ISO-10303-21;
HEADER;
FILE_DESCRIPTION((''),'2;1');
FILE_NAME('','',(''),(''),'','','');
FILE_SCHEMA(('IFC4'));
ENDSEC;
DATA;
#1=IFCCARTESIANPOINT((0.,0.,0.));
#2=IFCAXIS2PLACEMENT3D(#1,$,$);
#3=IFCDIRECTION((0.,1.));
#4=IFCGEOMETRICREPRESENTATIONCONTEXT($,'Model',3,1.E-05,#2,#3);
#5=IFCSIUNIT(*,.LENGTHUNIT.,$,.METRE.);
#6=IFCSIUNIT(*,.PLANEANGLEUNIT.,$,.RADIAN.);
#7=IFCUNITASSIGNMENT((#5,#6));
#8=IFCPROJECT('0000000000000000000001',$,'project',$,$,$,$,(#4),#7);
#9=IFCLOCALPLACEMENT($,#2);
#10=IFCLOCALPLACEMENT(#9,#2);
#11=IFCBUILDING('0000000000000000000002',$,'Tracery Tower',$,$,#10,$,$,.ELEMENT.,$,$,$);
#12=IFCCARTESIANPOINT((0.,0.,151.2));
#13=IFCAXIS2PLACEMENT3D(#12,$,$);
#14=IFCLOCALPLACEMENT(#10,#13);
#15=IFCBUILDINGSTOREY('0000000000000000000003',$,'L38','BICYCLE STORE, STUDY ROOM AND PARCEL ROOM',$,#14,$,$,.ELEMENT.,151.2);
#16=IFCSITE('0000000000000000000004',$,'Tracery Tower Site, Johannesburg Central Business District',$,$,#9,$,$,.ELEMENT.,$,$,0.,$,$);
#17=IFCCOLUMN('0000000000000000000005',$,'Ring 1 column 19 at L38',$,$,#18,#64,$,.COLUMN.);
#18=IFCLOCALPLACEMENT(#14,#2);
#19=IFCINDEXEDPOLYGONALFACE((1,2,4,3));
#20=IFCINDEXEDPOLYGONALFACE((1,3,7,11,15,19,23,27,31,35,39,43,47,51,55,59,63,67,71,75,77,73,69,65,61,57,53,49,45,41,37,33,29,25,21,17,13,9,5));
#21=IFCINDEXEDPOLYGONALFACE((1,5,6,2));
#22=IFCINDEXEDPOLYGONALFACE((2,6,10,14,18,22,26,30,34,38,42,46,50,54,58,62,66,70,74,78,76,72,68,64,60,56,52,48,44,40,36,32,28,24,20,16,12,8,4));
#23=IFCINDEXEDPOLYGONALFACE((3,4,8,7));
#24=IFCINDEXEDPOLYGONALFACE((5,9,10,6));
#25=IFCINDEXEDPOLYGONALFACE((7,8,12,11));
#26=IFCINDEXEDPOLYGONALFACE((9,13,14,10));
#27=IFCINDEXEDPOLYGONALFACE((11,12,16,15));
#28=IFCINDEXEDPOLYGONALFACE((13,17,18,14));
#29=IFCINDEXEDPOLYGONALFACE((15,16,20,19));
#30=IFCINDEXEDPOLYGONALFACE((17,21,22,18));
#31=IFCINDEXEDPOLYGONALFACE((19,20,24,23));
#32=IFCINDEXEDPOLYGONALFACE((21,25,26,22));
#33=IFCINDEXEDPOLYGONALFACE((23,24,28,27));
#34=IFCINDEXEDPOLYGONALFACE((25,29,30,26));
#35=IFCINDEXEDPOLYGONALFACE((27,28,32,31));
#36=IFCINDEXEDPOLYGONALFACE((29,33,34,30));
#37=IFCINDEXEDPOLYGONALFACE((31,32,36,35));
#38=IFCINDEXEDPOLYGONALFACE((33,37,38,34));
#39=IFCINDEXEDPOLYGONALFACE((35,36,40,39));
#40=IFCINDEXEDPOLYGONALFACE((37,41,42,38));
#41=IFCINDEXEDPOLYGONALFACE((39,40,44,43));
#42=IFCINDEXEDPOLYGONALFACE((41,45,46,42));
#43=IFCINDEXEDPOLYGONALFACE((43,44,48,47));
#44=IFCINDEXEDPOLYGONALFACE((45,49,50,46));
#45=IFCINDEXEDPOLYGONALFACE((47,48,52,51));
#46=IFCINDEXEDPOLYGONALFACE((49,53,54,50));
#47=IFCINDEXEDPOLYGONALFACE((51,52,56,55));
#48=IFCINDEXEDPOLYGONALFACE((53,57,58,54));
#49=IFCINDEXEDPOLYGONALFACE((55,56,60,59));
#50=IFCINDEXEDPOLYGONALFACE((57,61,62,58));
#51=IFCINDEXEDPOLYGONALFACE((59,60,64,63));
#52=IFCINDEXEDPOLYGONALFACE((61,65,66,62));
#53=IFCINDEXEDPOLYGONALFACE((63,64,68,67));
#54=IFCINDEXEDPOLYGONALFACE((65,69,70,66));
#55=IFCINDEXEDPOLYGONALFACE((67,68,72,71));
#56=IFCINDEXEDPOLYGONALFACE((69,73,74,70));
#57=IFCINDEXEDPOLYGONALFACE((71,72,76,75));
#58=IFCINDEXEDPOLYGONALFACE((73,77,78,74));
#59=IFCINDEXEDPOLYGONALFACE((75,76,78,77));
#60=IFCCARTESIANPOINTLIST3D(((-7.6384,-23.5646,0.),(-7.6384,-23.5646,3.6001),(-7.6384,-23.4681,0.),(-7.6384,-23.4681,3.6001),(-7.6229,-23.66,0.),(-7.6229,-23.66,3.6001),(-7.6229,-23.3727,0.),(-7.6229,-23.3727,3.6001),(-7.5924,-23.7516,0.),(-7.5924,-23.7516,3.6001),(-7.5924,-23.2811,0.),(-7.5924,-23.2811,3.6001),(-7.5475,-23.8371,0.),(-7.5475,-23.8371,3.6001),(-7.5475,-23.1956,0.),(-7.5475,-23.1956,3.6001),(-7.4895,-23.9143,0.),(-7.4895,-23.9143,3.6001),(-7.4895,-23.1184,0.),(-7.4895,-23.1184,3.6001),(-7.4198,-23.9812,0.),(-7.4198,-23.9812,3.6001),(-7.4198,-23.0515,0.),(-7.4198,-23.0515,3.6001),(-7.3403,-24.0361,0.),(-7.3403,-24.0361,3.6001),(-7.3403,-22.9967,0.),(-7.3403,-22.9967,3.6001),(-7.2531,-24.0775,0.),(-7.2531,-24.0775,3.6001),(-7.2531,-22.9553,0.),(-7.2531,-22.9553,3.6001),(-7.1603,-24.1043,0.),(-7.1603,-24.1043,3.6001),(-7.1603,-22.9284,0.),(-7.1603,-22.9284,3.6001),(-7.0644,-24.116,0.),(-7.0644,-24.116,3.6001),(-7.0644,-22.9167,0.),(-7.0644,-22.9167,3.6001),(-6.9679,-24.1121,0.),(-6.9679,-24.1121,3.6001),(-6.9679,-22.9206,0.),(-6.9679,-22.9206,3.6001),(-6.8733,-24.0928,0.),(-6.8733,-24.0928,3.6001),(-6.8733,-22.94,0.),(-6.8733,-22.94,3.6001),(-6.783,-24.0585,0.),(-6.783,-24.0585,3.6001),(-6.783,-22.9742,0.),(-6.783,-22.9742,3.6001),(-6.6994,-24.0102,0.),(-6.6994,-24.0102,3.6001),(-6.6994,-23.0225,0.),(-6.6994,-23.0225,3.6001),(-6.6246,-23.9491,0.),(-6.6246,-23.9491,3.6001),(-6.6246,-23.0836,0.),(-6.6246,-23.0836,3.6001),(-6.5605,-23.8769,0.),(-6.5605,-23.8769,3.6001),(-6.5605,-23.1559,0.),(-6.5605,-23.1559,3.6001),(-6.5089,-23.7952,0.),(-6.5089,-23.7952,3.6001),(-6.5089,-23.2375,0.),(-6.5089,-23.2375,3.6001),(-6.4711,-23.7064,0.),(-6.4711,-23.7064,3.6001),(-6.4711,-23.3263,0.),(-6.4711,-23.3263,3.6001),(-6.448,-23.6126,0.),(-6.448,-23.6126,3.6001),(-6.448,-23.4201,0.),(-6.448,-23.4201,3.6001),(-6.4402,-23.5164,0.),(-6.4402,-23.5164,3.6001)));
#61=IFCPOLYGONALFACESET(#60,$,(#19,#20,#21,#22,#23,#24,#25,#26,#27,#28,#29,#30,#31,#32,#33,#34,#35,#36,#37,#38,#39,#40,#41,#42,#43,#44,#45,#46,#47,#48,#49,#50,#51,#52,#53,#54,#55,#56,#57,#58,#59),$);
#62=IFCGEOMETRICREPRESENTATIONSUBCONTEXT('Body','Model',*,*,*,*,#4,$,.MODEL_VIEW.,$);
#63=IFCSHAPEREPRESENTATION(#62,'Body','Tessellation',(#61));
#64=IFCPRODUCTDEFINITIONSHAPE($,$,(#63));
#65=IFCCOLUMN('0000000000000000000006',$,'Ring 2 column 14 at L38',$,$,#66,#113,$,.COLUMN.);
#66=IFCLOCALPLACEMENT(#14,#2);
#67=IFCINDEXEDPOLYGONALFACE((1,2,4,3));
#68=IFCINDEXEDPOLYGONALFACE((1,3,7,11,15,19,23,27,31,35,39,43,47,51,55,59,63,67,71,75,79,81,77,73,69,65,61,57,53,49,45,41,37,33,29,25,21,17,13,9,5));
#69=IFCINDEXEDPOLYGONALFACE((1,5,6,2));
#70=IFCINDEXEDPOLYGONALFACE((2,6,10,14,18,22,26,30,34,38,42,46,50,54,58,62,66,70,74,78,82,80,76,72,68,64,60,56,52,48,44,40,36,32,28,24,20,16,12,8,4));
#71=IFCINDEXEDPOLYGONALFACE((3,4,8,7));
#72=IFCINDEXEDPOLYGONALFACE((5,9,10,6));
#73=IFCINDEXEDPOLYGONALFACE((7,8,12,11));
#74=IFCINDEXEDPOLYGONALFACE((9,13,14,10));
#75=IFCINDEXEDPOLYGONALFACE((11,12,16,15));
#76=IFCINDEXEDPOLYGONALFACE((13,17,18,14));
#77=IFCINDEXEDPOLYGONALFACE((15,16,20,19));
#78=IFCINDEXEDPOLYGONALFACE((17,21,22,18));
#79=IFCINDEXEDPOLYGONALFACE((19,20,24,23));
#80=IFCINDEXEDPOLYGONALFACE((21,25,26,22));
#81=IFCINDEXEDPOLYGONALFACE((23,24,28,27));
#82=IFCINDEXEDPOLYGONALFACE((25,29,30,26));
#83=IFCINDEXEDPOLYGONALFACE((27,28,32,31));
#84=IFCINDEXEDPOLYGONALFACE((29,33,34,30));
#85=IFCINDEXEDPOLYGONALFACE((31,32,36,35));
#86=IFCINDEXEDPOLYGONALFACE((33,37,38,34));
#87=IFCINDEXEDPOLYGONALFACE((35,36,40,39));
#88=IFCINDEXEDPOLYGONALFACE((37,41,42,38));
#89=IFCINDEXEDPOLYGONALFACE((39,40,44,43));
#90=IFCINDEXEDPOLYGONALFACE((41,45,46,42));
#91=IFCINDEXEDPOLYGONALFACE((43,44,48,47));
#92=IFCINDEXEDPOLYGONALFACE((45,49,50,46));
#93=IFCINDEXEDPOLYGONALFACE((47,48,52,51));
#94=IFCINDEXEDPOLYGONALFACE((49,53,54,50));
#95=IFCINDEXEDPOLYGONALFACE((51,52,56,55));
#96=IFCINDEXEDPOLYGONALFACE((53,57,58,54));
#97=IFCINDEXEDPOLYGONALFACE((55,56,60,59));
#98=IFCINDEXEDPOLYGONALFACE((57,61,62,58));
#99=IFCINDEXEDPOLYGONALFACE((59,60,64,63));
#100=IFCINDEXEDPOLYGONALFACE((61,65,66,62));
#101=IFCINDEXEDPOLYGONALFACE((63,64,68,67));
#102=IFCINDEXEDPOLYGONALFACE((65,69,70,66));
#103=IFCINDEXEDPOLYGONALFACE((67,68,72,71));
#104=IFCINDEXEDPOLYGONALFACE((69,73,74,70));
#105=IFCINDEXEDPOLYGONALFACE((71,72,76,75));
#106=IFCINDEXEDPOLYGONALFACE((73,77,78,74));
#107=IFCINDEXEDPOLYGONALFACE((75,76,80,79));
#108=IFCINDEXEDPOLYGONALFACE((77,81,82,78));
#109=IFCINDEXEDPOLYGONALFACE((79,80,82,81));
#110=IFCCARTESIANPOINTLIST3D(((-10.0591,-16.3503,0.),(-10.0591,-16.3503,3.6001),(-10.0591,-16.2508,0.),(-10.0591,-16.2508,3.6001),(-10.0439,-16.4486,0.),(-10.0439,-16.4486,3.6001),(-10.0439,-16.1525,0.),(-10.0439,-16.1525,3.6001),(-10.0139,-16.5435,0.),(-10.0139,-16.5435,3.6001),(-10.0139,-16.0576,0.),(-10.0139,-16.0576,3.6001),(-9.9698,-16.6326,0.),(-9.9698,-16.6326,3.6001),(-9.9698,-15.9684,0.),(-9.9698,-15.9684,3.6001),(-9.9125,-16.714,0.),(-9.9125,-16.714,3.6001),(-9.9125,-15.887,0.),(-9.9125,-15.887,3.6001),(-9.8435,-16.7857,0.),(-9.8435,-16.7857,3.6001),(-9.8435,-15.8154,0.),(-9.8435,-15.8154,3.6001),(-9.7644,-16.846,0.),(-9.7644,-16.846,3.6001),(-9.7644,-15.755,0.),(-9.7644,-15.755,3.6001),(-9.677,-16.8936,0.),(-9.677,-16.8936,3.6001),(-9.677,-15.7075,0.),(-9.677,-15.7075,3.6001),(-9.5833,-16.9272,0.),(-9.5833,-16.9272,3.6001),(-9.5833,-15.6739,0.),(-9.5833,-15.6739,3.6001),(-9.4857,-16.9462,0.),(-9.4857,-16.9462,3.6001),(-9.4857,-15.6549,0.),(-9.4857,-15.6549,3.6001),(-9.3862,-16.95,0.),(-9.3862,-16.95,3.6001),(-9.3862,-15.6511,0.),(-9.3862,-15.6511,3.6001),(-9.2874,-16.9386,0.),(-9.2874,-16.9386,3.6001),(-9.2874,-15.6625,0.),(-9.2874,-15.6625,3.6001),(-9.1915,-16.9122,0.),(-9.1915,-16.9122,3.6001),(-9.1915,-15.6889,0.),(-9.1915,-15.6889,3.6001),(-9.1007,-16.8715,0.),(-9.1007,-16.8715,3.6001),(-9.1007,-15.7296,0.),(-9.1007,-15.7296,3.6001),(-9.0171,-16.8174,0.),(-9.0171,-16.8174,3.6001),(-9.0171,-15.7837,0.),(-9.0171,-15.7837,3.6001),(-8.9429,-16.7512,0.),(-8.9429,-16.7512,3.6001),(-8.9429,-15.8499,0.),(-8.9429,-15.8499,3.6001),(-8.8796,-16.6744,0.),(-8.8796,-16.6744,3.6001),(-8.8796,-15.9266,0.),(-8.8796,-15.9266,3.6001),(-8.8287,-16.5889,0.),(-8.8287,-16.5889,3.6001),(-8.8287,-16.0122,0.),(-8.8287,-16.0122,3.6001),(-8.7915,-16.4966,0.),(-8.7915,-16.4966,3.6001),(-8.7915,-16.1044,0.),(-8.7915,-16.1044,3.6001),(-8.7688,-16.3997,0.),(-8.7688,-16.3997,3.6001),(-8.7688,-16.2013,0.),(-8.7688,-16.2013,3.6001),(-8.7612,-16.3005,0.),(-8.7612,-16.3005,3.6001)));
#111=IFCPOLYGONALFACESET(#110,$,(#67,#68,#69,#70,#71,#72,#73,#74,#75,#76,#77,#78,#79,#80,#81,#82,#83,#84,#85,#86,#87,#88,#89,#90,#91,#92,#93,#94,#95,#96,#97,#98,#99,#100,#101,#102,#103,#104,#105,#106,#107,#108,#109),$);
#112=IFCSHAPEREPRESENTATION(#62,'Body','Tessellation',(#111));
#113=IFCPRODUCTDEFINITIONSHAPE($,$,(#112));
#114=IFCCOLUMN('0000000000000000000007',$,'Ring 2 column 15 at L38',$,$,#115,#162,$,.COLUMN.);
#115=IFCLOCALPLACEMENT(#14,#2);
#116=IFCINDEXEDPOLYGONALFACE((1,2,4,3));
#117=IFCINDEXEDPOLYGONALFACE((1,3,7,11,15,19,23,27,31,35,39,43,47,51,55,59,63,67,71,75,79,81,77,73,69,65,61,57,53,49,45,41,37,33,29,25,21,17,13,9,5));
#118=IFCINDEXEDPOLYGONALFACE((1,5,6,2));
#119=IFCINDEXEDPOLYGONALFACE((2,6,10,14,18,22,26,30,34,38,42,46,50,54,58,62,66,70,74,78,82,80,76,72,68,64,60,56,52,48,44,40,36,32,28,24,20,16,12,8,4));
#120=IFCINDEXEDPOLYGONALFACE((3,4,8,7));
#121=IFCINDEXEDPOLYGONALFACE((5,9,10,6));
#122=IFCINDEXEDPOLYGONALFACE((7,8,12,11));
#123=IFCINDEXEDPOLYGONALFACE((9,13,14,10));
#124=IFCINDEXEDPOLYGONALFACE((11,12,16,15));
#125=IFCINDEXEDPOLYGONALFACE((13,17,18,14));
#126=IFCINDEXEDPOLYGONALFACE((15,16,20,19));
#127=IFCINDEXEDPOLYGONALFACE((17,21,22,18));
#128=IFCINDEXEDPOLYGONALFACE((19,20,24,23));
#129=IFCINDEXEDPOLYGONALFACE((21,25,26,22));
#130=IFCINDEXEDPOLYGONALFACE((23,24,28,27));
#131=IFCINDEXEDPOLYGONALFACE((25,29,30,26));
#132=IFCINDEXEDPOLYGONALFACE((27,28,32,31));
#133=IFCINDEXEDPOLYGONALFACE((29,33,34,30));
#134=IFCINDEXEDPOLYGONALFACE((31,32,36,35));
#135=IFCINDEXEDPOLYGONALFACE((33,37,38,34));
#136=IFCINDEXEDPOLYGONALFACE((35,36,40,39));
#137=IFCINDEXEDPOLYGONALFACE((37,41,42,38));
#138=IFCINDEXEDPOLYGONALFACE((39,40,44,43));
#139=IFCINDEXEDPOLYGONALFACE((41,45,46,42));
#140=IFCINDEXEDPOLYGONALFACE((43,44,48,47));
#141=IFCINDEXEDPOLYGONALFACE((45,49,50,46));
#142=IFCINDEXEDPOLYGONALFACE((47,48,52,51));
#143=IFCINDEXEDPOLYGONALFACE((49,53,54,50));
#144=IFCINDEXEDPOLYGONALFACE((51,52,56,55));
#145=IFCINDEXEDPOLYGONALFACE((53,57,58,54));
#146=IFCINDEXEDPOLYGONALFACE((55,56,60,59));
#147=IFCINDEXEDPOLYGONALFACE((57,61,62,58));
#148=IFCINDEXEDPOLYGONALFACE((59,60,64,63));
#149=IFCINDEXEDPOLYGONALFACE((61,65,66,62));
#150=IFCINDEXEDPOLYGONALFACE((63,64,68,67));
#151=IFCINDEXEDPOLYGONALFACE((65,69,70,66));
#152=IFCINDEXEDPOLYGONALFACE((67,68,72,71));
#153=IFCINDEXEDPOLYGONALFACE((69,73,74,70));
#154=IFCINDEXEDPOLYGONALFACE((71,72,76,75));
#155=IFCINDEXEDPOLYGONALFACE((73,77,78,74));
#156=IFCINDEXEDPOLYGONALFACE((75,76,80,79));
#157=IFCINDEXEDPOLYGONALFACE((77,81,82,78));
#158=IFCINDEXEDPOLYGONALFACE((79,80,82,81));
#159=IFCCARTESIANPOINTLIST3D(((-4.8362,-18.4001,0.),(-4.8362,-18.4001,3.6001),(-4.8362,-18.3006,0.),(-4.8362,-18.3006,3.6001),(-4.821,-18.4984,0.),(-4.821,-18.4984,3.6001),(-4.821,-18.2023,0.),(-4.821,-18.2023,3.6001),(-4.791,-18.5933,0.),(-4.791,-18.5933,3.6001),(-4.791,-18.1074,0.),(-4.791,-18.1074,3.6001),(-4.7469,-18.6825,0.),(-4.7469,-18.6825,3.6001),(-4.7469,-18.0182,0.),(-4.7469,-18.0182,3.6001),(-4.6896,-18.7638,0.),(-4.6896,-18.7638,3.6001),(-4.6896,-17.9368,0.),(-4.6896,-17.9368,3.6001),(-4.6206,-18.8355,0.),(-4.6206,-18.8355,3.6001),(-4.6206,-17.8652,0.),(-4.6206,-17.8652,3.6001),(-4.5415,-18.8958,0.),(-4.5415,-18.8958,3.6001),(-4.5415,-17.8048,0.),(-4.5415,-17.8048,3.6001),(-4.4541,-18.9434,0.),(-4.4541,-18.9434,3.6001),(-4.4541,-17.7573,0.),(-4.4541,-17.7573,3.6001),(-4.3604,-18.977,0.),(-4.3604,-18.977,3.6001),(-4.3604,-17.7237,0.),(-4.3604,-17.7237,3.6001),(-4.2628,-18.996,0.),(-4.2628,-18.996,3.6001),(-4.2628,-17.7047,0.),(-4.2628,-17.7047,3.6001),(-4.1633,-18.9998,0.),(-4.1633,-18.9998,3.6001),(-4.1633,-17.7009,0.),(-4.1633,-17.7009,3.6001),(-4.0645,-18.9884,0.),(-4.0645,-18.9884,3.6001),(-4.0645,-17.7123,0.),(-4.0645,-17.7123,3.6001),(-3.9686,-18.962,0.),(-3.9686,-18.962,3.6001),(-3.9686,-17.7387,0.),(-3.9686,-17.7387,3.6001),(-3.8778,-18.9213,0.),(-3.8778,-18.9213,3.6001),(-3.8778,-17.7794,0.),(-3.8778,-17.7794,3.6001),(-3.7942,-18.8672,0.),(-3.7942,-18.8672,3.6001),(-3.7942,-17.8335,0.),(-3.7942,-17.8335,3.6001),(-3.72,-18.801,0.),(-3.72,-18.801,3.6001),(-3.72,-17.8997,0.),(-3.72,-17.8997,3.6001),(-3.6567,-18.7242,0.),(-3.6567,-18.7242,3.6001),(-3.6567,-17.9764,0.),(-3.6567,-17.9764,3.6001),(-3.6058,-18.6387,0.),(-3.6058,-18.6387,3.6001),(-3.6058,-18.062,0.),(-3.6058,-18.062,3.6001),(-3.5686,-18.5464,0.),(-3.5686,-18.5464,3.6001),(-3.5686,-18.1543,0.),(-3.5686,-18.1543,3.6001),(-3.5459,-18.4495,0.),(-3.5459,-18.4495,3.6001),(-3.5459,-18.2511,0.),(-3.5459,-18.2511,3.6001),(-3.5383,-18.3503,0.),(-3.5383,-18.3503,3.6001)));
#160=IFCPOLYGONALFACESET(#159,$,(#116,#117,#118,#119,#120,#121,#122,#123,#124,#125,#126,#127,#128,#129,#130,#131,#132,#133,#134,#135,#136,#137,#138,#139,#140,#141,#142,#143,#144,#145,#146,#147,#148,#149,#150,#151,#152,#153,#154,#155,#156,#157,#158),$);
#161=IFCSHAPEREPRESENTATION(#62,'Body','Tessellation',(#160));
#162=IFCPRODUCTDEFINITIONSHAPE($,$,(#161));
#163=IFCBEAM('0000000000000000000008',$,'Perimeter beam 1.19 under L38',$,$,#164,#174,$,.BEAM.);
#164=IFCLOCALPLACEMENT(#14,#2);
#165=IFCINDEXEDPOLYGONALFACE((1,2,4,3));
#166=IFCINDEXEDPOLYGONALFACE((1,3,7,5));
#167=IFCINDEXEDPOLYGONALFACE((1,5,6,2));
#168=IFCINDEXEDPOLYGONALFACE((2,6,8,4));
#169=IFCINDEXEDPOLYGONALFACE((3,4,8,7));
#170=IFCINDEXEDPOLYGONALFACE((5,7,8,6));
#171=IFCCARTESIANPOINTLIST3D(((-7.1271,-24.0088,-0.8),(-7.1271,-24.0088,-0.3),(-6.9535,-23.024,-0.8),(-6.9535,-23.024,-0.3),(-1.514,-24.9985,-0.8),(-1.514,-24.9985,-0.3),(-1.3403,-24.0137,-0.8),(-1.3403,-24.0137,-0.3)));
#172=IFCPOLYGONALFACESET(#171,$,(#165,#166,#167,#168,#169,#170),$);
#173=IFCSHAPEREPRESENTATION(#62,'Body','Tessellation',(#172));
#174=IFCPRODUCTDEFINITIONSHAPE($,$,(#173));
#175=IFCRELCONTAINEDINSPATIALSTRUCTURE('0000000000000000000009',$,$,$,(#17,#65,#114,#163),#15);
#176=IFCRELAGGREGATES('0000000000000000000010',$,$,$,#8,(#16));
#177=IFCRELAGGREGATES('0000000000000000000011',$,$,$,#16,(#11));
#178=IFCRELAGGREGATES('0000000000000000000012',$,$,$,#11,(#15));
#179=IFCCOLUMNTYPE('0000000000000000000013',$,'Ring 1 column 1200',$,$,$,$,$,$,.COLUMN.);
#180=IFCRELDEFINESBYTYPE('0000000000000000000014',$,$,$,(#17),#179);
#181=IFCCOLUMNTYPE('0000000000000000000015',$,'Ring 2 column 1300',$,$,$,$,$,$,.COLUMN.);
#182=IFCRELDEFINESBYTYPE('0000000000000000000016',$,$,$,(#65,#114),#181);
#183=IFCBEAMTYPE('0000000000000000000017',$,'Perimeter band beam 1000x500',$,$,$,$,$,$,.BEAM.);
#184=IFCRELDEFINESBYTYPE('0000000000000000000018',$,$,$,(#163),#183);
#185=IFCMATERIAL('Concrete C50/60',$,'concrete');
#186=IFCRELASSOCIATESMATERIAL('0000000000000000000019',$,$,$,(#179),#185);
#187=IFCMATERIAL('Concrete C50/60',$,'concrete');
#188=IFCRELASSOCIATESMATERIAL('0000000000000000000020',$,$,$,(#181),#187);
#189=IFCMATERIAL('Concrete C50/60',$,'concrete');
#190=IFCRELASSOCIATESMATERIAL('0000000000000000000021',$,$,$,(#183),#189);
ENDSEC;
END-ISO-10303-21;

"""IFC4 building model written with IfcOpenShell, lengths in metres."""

from ifc_helpers import new_model, si_unit, direction, frame, origin, origin_2d, place, context, subcontext, project, spatial, rectangle, circle, extrude, material, material_profile, profile_set, type_object, element, save


model = new_model("IFC4")

# Units and contexts
model_context = context("Model", 3, precision=1e-05, world=origin(), true_north=direction((0.0, 1.0)))
body_context = subcontext(model_context, "Body", "Model", "MODEL_VIEW")
ifc_project = project(units=[si_unit("LENGTHUNIT", "METRE"), si_unit("PLANEANGLEUNIT", "RADIAN")], contexts=[model_context])

# Site, building, storey
site_placement = place(None, origin())
site = spatial("IfcSite", under=ifc_project, at=site_placement, Name="Tracery Tower Site, Johannesburg Central Business District", CompositionType="ELEMENT", RefElevation=0.0)
building_placement = place(site_placement, origin())
building = spatial("IfcBuilding", under=site, at=building_placement, Name="Tracery Tower", CompositionType="ELEMENT")
storey_placement = place(building_placement, frame((0.0, 0.0, 151.2)))
storey = spatial("IfcBuildingStorey", under=building, at=storey_placement, Name="L38", Description="BICYCLE STORE, STUDY ROOM AND PARCEL ROOM", CompositionType="ELEMENT", Elevation=151.2)

# Columns
ifc_material_1 = material(Name="Concrete C50/60", Category="concrete")
ifc_material_profile_1 = material_profile(ifc_material_1, circle(Radius=0.6001, at=origin_2d()), Name="RC D1200")
ifc_profile_set_1 = profile_set([ifc_material_profile_1], Name="Concrete C50/60")
column_type_1 = type_object("IfcColumnType", Name="Ring 1 column 1200", PredefinedType="COLUMN", material=ifc_profile_set_1)
column_placement = place(storey_placement, frame((-7.0403, -23.5164, 0.0), z_axis=(0.0, 0.0, 1.0), x_axis=(1.0, 0.0, 0.0)))
element("IfcColumn", 1, at=column_placement, inside=storey, type_object=column_type_1, Name="Ring 1 column 19 at L38", PredefinedType="COLUMN", context=body_context, shape_type="SweptSolid", body=[
    extrude(circle(Radius=0.6001, at=origin_2d()), origin(), (0.0, 0.0, 1.0), 3.6001),
])
ifc_material_2 = material(Name="Concrete C50/60", Category="concrete")
ifc_material_profile_2 = material_profile(ifc_material_2, circle(Radius=0.6499, at=origin_2d()), Name="RC D1300")
ifc_profile_set_2 = profile_set([ifc_material_profile_2], Name="Concrete C50/60")
column_type_2 = type_object("IfcColumnType", Name="Ring 2 column 1300", PredefinedType="COLUMN", material=ifc_profile_set_2)
for number, where, z_axis, x_axis, name in (
    (2, (-9.4111, -16.3005, 0.0), (0.0, 0.0, 1.0), (1.0, 0.0, 0.0), "Ring 2 column 14 at L38"),
    (3, (-4.1882, -18.3503, 0.0), (0.0, 0.0, 1.0), (1.0, 0.0, 0.0), "Ring 2 column 15 at L38"),
):
    element("IfcColumn", number, at=place(storey_placement, frame(where, z_axis=z_axis, x_axis=x_axis)), inside=storey, type_object=column_type_2, Name=name, PredefinedType="COLUMN", context=body_context, shape_type="SweptSolid", body=[
        extrude(circle(Radius=0.6499, at=origin_2d()), origin(), (0.0, 0.0, 1.0), 3.6001),
    ])

# Beam
ifc_material_3 = material(Name="Concrete C50/60", Category="concrete")
ifc_material_profile_3 = material_profile(ifc_material_3, rectangle(XDim=1.0, YDim=0.5, at=origin_2d()), Name="RC 1000x500")
ifc_profile_set_3 = profile_set([ifc_material_profile_3], Name="Concrete C50/60")
beam_type = type_object("IfcBeamType", Name="Perimeter band beam 1000x500", PredefinedType="BEAM", material=ifc_profile_set_3)
beam_placement = place(storey_placement, frame((-7.0403, -23.5164, -0.55), z_axis=(0.984807, -0.173651, 0.0), x_axis=(0.173651, 0.984807, 0.0)))
element("IfcBeam", 4, at=beam_placement, inside=storey, type_object=beam_type, Name="Perimeter beam 1.19 under L38", PredefinedType="BEAM", context=body_context, shape_type="SweptSolid", body=[
    extrude(rectangle(XDim=1.0, YDim=0.5, at=origin_2d()), origin(), (0.0, 0.0, 1.0), 5.6997),
])

save(model, "model.ifc")
